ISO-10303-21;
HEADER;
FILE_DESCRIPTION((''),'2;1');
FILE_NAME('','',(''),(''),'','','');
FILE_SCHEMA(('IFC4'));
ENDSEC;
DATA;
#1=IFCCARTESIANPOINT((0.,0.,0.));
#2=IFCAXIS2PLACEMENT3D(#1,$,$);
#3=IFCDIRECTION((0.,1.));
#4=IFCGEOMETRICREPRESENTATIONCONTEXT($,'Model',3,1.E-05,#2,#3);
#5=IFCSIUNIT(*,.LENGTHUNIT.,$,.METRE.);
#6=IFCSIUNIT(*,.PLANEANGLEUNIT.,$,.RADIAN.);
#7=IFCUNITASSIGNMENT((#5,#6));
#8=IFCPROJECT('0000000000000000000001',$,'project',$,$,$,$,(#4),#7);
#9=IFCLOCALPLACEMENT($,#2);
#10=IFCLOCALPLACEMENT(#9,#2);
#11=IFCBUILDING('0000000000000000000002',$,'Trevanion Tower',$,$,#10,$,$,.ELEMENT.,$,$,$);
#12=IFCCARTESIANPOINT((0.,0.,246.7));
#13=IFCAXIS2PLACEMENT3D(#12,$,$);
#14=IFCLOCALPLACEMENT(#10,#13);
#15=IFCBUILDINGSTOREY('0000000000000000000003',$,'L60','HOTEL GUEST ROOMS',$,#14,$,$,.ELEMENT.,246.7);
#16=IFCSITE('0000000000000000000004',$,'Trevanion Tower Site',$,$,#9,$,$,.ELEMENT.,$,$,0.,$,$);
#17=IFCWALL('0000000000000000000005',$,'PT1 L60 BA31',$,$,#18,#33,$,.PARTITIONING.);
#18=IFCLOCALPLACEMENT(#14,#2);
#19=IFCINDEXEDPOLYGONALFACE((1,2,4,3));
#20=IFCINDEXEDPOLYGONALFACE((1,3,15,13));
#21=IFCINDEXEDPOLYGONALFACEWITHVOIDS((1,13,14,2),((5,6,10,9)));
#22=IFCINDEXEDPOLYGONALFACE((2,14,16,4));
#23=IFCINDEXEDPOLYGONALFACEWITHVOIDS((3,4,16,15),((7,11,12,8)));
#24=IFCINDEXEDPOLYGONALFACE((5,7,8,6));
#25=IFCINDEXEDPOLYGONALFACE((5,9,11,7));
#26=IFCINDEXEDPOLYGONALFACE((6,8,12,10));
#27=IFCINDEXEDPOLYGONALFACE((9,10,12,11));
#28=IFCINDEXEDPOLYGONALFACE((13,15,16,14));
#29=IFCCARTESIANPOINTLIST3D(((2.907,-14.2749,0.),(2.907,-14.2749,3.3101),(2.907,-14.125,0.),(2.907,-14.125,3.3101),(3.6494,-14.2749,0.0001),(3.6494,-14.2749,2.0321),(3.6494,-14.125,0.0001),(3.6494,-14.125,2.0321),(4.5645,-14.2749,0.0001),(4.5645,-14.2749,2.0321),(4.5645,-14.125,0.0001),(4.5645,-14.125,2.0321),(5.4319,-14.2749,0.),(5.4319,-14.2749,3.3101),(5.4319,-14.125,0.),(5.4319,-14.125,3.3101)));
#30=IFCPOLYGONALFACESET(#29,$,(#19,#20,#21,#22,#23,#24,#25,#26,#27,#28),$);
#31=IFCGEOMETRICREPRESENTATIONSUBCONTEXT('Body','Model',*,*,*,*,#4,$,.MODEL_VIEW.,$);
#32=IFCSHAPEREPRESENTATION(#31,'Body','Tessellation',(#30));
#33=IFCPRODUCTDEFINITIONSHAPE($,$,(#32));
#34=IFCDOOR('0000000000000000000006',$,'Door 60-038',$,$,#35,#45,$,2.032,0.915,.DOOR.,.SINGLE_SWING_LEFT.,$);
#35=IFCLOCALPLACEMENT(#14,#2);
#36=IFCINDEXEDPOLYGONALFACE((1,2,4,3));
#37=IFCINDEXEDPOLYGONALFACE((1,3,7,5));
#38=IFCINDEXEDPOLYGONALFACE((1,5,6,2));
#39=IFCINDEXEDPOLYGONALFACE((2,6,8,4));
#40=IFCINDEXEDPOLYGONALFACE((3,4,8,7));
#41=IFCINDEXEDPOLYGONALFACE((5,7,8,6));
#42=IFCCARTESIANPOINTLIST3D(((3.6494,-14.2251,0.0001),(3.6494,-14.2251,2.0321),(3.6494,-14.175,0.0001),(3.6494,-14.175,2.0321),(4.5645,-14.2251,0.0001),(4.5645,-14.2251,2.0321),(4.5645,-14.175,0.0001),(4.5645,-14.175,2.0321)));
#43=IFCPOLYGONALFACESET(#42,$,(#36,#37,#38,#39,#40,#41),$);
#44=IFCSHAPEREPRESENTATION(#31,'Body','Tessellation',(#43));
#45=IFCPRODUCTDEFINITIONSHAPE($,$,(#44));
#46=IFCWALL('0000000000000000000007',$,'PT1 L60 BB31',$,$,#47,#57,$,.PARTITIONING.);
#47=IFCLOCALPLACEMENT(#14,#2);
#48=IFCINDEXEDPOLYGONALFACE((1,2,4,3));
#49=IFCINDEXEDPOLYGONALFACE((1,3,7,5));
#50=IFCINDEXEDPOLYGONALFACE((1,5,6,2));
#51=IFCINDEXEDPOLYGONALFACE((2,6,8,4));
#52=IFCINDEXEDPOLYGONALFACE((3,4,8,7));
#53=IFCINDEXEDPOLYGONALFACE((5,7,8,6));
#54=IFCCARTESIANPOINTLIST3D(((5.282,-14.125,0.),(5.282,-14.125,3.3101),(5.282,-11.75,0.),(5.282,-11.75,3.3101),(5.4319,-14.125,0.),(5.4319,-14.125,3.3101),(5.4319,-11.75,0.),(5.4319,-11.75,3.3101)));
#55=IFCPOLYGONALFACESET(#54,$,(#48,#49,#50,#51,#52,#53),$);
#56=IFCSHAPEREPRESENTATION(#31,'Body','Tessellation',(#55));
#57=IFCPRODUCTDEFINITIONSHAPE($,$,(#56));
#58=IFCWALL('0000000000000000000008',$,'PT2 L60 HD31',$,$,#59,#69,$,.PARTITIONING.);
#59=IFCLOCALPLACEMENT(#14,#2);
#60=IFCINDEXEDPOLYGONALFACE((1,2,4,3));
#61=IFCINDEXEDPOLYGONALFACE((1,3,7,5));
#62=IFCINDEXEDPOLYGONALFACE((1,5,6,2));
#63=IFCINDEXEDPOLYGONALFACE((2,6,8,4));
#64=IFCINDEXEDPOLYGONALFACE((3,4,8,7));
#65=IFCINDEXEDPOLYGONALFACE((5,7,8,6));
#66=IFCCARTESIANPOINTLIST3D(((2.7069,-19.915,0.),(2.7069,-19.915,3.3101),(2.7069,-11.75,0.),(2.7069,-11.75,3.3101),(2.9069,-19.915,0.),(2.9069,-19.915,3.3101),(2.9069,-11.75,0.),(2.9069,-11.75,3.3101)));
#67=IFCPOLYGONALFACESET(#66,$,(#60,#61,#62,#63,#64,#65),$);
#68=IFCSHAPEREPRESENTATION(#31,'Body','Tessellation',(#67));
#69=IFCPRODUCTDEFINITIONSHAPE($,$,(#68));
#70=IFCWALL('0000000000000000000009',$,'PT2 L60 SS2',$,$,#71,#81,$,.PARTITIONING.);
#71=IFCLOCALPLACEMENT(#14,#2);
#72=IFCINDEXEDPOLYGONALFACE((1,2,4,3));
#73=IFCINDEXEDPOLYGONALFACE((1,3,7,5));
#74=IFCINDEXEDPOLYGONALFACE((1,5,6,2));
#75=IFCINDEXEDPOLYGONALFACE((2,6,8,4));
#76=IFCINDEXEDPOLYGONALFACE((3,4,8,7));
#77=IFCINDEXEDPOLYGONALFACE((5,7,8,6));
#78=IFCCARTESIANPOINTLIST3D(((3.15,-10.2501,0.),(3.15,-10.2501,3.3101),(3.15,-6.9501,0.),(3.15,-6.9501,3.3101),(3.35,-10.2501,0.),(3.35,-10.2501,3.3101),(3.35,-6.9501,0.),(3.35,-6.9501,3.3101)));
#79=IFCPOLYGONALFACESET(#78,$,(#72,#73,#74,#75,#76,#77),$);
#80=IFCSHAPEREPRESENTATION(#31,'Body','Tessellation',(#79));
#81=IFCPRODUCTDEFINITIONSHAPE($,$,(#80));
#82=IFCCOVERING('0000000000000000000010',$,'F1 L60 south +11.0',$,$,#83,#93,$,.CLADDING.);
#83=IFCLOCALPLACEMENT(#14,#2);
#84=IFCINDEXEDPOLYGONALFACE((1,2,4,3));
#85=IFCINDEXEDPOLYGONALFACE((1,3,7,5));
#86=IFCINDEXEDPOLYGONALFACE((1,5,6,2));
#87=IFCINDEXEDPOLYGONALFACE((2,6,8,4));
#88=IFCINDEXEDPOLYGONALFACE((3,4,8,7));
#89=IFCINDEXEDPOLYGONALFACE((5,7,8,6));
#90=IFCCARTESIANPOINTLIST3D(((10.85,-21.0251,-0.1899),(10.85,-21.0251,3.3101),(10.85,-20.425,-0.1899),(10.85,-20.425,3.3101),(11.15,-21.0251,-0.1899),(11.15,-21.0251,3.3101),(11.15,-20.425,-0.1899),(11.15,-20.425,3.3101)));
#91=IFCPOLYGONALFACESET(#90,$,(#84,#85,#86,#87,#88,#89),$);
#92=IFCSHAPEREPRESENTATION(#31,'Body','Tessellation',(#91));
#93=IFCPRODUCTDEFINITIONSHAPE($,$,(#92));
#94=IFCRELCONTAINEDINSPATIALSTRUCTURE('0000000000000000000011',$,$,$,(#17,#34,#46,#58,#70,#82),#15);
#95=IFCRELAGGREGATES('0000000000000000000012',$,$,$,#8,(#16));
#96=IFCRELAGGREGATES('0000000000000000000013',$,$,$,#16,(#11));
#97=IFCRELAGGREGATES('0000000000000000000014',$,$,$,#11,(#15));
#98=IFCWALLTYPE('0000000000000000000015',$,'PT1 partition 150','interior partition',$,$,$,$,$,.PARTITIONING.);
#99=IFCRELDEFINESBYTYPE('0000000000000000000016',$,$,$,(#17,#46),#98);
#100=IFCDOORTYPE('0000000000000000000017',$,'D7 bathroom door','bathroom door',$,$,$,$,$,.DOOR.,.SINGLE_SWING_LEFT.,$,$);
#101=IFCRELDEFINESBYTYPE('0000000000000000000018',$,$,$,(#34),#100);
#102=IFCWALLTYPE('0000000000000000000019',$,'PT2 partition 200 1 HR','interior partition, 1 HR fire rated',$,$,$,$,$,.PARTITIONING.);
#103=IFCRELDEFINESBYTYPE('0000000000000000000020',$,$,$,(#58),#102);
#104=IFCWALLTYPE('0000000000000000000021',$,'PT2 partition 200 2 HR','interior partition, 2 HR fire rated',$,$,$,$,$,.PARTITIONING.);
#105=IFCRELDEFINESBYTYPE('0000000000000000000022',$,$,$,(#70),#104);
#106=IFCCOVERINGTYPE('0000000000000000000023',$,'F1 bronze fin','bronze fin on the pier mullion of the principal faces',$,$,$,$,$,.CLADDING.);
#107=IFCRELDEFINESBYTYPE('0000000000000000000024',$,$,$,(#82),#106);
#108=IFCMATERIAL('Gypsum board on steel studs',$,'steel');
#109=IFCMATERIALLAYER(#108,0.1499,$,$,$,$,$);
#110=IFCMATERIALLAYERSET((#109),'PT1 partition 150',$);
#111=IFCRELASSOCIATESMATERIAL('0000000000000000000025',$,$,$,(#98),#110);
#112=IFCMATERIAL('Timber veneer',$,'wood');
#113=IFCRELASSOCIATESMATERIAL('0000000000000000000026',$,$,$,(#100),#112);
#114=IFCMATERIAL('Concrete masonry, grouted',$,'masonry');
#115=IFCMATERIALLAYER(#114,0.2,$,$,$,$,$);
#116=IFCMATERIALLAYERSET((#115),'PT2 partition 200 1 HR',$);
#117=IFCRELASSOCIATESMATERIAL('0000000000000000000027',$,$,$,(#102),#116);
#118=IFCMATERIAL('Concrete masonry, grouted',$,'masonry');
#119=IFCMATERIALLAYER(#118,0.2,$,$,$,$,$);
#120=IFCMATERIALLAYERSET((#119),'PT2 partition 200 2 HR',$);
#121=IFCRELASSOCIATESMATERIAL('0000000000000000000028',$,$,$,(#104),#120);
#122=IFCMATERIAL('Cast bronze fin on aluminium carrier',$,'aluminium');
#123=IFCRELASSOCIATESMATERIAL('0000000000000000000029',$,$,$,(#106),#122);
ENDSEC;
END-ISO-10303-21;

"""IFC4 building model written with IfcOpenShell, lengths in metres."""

from ifc_helpers import new_model, si_unit, direction, frame, frame_2d, origin, origin_2d, place, context, subcontext, project, spatial, rectangle, extrude, material, layer, layer_set, type_object, element, fill, save


model = new_model("IFC4")

# Units and contexts
model_context = context("Model", 3, precision=1e-05, world=origin(), true_north=direction((0.0, 1.0)))
body_context = subcontext(model_context, "Body", "Model", "MODEL_VIEW")
ifc_project = project(units=[si_unit("LENGTHUNIT", "METRE"), si_unit("PLANEANGLEUNIT", "RADIAN")], contexts=[model_context])

# Site, building, storey
site_placement = place(None, origin())
site = spatial("IfcSite", under=ifc_project, at=site_placement, Name="Trevanion Tower Site", CompositionType="ELEMENT", RefElevation=0.0)
building_placement = place(site_placement, origin())
building = spatial("IfcBuilding", under=site, at=building_placement, Name="Trevanion Tower", CompositionType="ELEMENT")
storey_placement = place(building_placement, frame((0.0, 0.0, 246.7)))
storey = spatial("IfcBuildingStorey", under=building, at=storey_placement, Name="L60", Description="HOTEL GUEST ROOMS", CompositionType="ELEMENT", Elevation=246.7)

# Shared definitions
ifc_material_1 = material(Name="Gypsum board on steel studs", Category="steel")
ifc_layer_1 = layer(ifc_material_1, 0.1499)
ifc_layer_set_1 = layer_set([ifc_layer_1], Name="PT1 partition 150")
wall_type_1 = type_object("IfcWallType", Name="PT1 partition 150", Description="interior partition", PredefinedType="PARTITIONING", material=ifc_layer_set_1)

# Wall, opening, door
wall_1_placement = place(storey_placement, frame((2.907, -14.2, 0.0), z_axis=(0.0, 0.0, 1.0), x_axis=(1.0, 0.0, 0.0)))
wall_1 = element("IfcWall", 1, at=wall_1_placement, inside=storey, type_object=wall_type_1, Name="PT1 L60 BA31", PredefinedType="PARTITIONING", context=body_context, shape_type="SweptSolid", body=[
    extrude(rectangle(XDim=2.5249, YDim=0.1499, at=frame_2d((1.2625, 0.0))), origin(), (0.0, 0.0, 1.0), 3.3101),
])
opening_placement = place(wall_1_placement, frame((0.7424, 0.0, 0.0)))
opening = element("IfcOpeningElement", 2, at=opening_placement, cuts=wall_1, PredefinedType="OPENING", context=body_context, shape_type="SweptSolid", body=[
    extrude(rectangle(XDim=0.915, YDim=2.032, at=frame_2d((0.4575, 1.0161))), frame((0.0, 0.085, 0.0), z_axis=(0.0, -1.0, 0.0), x_axis=(1.0, 0.0, 0.0)), (0.0, 0.0, 1.0), 0.1699),
])
ifc_material_2 = material(Name="Timber veneer", Category="wood")
door_type = type_object("IfcDoorType", Name="D7 bathroom door", Description="bathroom door", OperationType="SINGLE_SWING_LEFT", PredefinedType="DOOR", material=ifc_material_2)
door_placement = place(opening_placement, origin())
door = element("IfcDoor", 3, at=door_placement, inside=storey, type_object=door_type, Name="Door 60-038", OperationType="SINGLE_SWING_LEFT", OverallHeight=2.032, OverallWidth=0.915, PredefinedType="DOOR", context=body_context, shape_type="SweptSolid", body=[
    extrude(rectangle(XDim=0.915, YDim=2.032, at=frame_2d((0.4575, 1.0161))), frame((0.0, 0.0249, 0.0), z_axis=(0.0, -1.0, 0.0), x_axis=(1.0, 0.0, 0.0)), (0.0, 0.0, 1.0), 0.05),
])
fill(opening, door)

# Walls
wall_2_placement = place(storey_placement, frame((5.3569, -11.75, 0.0), z_axis=(0.0, 0.0, 1.0), x_axis=(0.0, -1.0, 0.0)))
element("IfcWall", 4, at=wall_2_placement, inside=storey, type_object=wall_type_1, Name="PT1 L60 BB31", PredefinedType="PARTITIONING", context=body_context, shape_type="SweptSolid", body=[
    extrude(rectangle(XDim=2.375, YDim=0.1499, at=frame_2d((1.1875, 0.0))), origin(), (0.0, 0.0, 1.0), 3.3101),
])
ifc_material_3 = material(Name="Concrete masonry, grouted", Category="masonry")
ifc_layer_2 = layer(ifc_material_3, 0.2)
ifc_layer_set_2 = layer_set([ifc_layer_2], Name="PT2 partition 200 1 HR")
wall_type_2 = type_object("IfcWallType", Name="PT2 partition 200 1 HR", Description="interior partition, 1 HR fire rated", PredefinedType="PARTITIONING", material=ifc_layer_set_2)
wall_3_placement = place(storey_placement, frame((2.8069, -11.75, 0.0), z_axis=(0.0, 0.0, 1.0), x_axis=(0.0, -1.0, 0.0)))
element("IfcWall", 5, at=wall_3_placement, inside=storey, type_object=wall_type_2, Name="PT2 L60 HD31", PredefinedType="PARTITIONING", context=body_context, shape_type="SweptSolid", body=[
    extrude(rectangle(XDim=8.165, YDim=0.2, at=frame_2d((4.0825, 0.0))), origin(), (0.0, 0.0, 1.0), 3.3101),
])
ifc_material_4 = material(Name="Concrete masonry, grouted", Category="masonry")
ifc_layer_3 = layer(ifc_material_4, 0.2)
ifc_layer_set_3 = layer_set([ifc_layer_3], Name="PT2 partition 200 2 HR")
wall_type_3 = type_object("IfcWallType", Name="PT2 partition 200 2 HR", Description="interior partition, 2 HR fire rated", PredefinedType="PARTITIONING", material=ifc_layer_set_3)
wall_4_placement = place(storey_placement, frame((3.25, -10.25, 0.0), z_axis=(0.0, 0.0, 1.0), x_axis=(0.0, 1.0, 0.0)))
element("IfcWall", 6, at=wall_4_placement, inside=storey, type_object=wall_type_3, Name="PT2 L60 SS2", PredefinedType="PARTITIONING", context=body_context, shape_type="SweptSolid", body=[
    extrude(rectangle(XDim=3.3, YDim=0.2, at=frame_2d((1.6499, 0.0))), origin(), (0.0, 0.0, 1.0), 3.3101),
])

# Covering
ifc_material_5 = material(Name="Cast bronze fin on aluminium carrier", Category="aluminium")
covering_type = type_object("IfcCoveringType", Name="F1 bronze fin", Description="bronze fin on the pier mullion of the principal faces", PredefinedType="CLADDING", material=ifc_material_5)
covering_placement = place(storey_placement, frame((11.0, -20.7251, -0.1899), z_axis=(0.0, 0.0, 1.0), x_axis=(1.0, 0.0, 0.0)))
element("IfcCovering", 7, at=covering_placement, inside=storey, type_object=covering_type, Name="F1 L60 south +11.0", PredefinedType="CLADDING", context=body_context, shape_type="SweptSolid", body=[
    extrude(rectangle(XDim=0.3, YDim=0.6001, at=origin_2d()), origin(), (0.0, 0.0, 1.0), 3.5),
])

save(model, "model.ifc")
